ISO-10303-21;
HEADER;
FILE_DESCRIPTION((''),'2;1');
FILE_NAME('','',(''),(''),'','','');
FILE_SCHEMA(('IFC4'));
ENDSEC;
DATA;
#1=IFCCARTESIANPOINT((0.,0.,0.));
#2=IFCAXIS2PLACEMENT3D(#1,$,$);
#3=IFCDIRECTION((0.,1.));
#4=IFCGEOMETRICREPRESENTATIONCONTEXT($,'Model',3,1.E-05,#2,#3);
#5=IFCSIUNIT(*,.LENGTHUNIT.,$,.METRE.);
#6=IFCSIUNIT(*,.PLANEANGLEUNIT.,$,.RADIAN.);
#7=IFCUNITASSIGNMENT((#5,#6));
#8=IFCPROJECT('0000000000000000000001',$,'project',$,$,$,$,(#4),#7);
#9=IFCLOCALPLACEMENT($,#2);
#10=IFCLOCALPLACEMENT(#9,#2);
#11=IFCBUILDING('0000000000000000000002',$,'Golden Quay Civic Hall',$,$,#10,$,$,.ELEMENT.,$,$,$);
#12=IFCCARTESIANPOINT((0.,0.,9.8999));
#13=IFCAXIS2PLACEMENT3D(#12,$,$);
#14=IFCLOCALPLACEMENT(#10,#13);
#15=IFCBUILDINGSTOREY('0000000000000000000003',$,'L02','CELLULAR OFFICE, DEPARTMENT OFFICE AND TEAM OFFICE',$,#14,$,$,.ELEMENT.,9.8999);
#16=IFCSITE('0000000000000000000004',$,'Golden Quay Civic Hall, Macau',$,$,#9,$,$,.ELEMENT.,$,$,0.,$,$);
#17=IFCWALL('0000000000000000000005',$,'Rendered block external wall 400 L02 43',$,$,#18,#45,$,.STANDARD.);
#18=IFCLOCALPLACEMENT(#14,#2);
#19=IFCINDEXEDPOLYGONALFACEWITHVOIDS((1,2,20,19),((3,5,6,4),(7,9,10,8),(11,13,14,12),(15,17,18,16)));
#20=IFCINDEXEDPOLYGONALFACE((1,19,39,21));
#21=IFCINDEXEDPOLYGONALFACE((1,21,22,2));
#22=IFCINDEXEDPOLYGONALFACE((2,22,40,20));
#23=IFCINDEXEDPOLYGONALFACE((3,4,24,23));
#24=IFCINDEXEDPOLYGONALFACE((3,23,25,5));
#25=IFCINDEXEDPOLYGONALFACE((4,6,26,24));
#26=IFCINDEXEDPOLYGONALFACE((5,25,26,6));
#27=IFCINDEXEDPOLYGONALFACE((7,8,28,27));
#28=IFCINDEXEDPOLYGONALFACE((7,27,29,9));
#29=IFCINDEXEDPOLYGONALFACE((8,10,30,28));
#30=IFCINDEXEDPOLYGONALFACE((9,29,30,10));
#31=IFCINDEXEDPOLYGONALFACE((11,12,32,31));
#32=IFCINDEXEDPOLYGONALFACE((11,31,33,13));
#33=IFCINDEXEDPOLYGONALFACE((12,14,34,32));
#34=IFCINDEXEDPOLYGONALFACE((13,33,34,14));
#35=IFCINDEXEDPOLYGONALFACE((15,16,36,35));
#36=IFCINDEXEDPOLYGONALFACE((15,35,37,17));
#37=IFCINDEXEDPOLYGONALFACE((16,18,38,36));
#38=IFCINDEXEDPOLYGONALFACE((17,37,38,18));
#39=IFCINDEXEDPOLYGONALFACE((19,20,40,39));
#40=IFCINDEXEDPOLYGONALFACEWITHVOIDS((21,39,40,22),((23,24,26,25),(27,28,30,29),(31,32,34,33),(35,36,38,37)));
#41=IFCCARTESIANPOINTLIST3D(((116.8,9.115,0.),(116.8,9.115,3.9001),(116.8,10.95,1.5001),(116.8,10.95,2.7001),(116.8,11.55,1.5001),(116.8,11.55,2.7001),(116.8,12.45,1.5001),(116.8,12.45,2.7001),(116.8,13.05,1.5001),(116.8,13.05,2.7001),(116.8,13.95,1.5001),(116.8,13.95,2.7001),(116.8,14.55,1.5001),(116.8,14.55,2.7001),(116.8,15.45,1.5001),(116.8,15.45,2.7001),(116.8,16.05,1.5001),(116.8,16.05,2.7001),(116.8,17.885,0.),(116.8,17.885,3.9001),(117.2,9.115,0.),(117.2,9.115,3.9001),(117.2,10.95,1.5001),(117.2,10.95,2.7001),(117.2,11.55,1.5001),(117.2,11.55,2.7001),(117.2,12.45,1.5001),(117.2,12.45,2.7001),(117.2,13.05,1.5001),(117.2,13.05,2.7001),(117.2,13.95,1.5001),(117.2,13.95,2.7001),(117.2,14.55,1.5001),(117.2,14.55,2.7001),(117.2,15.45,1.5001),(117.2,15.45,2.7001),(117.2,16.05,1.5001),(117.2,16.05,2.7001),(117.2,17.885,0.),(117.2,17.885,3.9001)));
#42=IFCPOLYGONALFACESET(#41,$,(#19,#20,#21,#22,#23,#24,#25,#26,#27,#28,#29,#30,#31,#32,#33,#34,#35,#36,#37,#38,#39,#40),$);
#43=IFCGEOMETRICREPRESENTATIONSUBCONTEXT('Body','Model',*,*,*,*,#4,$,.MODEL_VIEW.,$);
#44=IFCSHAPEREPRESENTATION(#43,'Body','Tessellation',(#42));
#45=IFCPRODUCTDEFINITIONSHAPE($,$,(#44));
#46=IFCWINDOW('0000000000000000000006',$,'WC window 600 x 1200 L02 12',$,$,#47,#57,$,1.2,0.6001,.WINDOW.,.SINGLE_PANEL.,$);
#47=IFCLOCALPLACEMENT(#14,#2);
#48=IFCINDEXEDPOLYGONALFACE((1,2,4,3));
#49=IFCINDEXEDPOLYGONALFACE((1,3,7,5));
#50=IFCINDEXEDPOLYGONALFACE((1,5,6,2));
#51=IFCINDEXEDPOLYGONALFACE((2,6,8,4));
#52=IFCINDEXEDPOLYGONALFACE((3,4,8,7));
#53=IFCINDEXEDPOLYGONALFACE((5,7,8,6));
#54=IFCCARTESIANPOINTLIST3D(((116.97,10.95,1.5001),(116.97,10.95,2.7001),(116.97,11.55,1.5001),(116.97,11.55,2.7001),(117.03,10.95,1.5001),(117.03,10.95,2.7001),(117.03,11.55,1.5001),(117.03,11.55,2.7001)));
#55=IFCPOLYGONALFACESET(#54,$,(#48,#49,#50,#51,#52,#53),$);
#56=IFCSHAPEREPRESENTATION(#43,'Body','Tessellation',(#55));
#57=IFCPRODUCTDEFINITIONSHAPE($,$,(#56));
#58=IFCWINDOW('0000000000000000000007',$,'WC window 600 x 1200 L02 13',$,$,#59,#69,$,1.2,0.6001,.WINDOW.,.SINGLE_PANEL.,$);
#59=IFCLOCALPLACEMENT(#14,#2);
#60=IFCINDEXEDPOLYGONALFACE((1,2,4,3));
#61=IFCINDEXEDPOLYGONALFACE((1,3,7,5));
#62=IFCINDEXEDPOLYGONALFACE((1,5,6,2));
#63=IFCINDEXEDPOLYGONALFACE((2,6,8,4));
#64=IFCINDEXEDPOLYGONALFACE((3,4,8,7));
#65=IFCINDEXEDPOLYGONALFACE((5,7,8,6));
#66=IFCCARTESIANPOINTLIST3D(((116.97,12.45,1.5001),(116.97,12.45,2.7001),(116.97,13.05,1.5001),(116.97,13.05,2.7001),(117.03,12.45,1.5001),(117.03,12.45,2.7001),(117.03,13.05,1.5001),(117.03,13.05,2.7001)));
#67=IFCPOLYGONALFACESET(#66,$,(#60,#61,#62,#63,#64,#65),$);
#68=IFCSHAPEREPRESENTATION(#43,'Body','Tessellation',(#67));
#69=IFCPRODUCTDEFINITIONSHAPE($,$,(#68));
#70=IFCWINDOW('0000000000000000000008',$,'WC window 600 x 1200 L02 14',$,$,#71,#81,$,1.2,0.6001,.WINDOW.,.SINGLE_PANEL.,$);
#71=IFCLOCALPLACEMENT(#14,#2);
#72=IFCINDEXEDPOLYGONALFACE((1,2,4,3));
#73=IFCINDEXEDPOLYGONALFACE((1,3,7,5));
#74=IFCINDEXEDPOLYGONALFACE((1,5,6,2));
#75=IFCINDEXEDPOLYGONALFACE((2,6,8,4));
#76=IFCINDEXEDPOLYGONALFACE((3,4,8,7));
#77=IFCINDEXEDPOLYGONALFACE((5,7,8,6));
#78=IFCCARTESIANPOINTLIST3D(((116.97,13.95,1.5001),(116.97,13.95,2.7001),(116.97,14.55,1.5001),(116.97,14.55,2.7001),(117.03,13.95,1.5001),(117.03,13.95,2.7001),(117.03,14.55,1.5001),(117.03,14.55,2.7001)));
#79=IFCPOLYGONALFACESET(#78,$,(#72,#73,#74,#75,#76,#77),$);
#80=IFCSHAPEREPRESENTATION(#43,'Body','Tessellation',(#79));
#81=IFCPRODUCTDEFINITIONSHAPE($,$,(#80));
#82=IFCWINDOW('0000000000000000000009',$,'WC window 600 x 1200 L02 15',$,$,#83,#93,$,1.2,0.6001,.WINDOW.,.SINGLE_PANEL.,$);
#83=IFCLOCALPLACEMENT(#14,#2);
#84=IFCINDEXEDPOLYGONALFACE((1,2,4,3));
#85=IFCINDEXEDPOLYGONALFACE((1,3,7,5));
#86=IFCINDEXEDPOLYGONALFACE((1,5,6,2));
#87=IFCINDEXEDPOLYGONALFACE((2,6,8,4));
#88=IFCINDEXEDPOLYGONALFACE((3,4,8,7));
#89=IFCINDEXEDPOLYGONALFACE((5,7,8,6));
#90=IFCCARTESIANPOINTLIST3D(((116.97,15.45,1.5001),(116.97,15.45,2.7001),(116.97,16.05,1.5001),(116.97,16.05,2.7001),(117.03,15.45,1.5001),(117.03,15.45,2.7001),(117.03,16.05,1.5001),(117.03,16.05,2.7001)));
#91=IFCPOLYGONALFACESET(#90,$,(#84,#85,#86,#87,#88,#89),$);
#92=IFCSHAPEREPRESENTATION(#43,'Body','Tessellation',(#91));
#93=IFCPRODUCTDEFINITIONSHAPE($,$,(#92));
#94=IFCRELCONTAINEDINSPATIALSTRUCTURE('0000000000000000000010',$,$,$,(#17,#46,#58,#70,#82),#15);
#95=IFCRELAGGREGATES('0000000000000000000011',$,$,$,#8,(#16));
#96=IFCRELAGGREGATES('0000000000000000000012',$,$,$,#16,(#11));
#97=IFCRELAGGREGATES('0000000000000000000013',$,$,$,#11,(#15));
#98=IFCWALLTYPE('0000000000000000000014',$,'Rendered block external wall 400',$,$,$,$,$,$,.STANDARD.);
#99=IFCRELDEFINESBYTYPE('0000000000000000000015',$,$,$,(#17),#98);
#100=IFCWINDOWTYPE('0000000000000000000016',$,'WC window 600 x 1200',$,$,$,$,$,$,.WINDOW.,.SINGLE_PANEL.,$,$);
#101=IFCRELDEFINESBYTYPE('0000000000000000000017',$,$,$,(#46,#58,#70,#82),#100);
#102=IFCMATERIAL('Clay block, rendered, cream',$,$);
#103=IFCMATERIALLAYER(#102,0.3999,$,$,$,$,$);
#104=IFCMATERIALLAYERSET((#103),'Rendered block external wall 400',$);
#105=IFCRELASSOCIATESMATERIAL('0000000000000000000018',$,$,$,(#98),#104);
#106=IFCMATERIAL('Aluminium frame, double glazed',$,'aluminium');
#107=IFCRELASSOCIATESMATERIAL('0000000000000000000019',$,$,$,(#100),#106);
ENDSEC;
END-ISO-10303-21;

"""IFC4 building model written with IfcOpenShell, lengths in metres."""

from ifc_helpers import new_model, si_unit, direction, frame, frame_2d, origin, place, context, subcontext, project, spatial, rectangle, extrude, material, layer, layer_set, type_object, element, fill, save


model = new_model("IFC4")

# Units and contexts
model_context = context("Model", 3, precision=1e-05, world=origin(), true_north=direction((0.0, 1.0)))
body_context = subcontext(model_context, "Body", "Model", "MODEL_VIEW")
ifc_project = project(units=[si_unit("LENGTHUNIT", "METRE"), si_unit("PLANEANGLEUNIT", "RADIAN")], contexts=[model_context])

# Site, building, storey
site_placement = place(None, origin())
site = spatial("IfcSite", under=ifc_project, at=site_placement, Name="Golden Quay Civic Hall, Macau", CompositionType="ELEMENT", RefElevation=0.0)
building_placement = place(site_placement, origin())
building = spatial("IfcBuilding", under=site, at=building_placement, Name="Golden Quay Civic Hall", CompositionType="ELEMENT")
storey_placement = place(building_placement, frame((0.0, 0.0, 9.8999)))
storey = spatial("IfcBuildingStorey", under=building, at=storey_placement, Name="L02", Description="CELLULAR OFFICE, DEPARTMENT OFFICE AND TEAM OFFICE", CompositionType="ELEMENT", Elevation=9.8999)

# Wall, openings, windows
ifc_material_1 = material(Name="Clay block, rendered, cream")
ifc_layer_1 = layer(ifc_material_1, 0.3999)
ifc_layer_set_1 = layer_set([ifc_layer_1], Name="Rendered block external wall 400")
wall_type_1 = type_object("IfcWallType", Name="Rendered block external wall 400", PredefinedType="STANDARD", material=ifc_layer_set_1)
wall_1_placement = place(storey_placement, frame((117.0, 17.885, 0.0), z_axis=(0.0, 0.0, 1.0), x_axis=(0.0, -1.0, 0.0)))
wall_1 = element("IfcWall", 1, at=wall_1_placement, inside=storey, type_object=wall_type_1, Name="Rendered block external wall 400 L02 43", PredefinedType="STANDARD", context=body_context, shape_type="SweptSolid", body=[
    extrude(rectangle(XDim=8.77, YDim=0.3999, at=frame_2d((4.385, 0.0))), origin(), (0.0, 0.0, 1.0), 3.9001),
])
opening_1_placement = place(wall_1_placement, frame((6.335, 0.0, 1.5)))
opening_1 = element("IfcOpeningElement", 2, at=opening_1_placement, cuts=wall_1, PredefinedType="OPENING", context=body_context, shape_type="SweptSolid", body=[
    extrude(rectangle(XDim=0.6001, YDim=1.2, at=frame_2d((0.3, 0.6001))), frame((0.0, 0.21, 0.0), z_axis=(0.0, -1.0, 0.0), x_axis=(1.0, 0.0, 0.0)), (0.0, 0.0, 1.0), 0.4199),
])
opening_2_placement = place(wall_1_placement, frame((4.835, 0.0, 1.5)))
opening_2 = element("IfcOpeningElement", 3, at=opening_2_placement, cuts=wall_1, PredefinedType="OPENING", context=body_context, shape_type="SweptSolid", body=[
    extrude(rectangle(XDim=0.6001, YDim=1.2, at=frame_2d((0.3, 0.6001))), frame((0.0, 0.21, 0.0), z_axis=(0.0, -1.0, 0.0), x_axis=(1.0, 0.0, 0.0)), (0.0, 0.0, 1.0), 0.4199),
])
opening_3_placement = place(wall_1_placement, frame((3.335, 0.0, 1.5)))
opening_3 = element("IfcOpeningElement", 4, at=opening_3_placement, cuts=wall_1, PredefinedType="OPENING", context=body_context, shape_type="SweptSolid", body=[
    extrude(rectangle(XDim=0.6001, YDim=1.2, at=frame_2d((0.3, 0.6001))), frame((0.0, 0.21, 0.0), z_axis=(0.0, -1.0, 0.0), x_axis=(1.0, 0.0, 0.0)), (0.0, 0.0, 1.0), 0.4199),
])
opening_4_placement = place(wall_1_placement, frame((1.835, 0.0, 1.5)))
opening_4 = element("IfcOpeningElement", 5, at=opening_4_placement, cuts=wall_1, PredefinedType="OPENING", context=body_context, shape_type="SweptSolid", body=[
    extrude(rectangle(XDim=0.6001, YDim=1.2, at=frame_2d((0.3, 0.6001))), frame((0.0, 0.21, 0.0), z_axis=(0.0, -1.0, 0.0), x_axis=(1.0, 0.0, 0.0)), (0.0, 0.0, 1.0), 0.4199),
])
ifc_material_2 = material(Name="Aluminium frame, double glazed", Category="aluminium")
window_type_1 = type_object("IfcWindowType", Name="WC window 600 x 1200", PartitioningType="SINGLE_PANEL", PredefinedType="WINDOW", material=ifc_material_2)
window_1_placement = place(opening_1_placement, origin())
window_1 = element("IfcWindow", 6, at=window_1_placement, inside=storey, type_object=window_type_1, Name="WC window 600 x 1200 L02 12", OverallHeight=1.2, OverallWidth=0.6001, PartitioningType="SINGLE_PANEL", PredefinedType="WINDOW", context=body_context, shape_type="SweptSolid", body=[
    extrude(rectangle(XDim=0.6001, YDim=1.2, at=frame_2d((0.3, 0.6001))), frame((0.0, 0.03, 0.0), z_axis=(0.0, -1.0, 0.0), x_axis=(1.0, 0.0, 0.0)), (0.0, 0.0, 1.0), 0.0601),
])
fill(opening_1, window_1)
window_2_placement = place(opening_2_placement, origin())
window_2 = element("IfcWindow", 7, at=window_2_placement, inside=storey, type_object=window_type_1, Name="WC window 600 x 1200 L02 13", OverallHeight=1.2, OverallWidth=0.6001, PartitioningType="SINGLE_PANEL", PredefinedType="WINDOW", context=body_context, shape_type="SweptSolid", body=[
    extrude(rectangle(XDim=0.6001, YDim=1.2, at=frame_2d((0.3, 0.6001))), frame((0.0, 0.03, 0.0), z_axis=(0.0, -1.0, 0.0), x_axis=(1.0, 0.0, 0.0)), (0.0, 0.0, 1.0), 0.0601),
])
fill(opening_2, window_2)
window_3_placement = place(opening_3_placement, origin())
window_3 = element("IfcWindow", 8, at=window_3_placement, inside=storey, type_object=window_type_1, Name="WC window 600 x 1200 L02 14", OverallHeight=1.2, OverallWidth=0.6001, PartitioningType="SINGLE_PANEL", PredefinedType="WINDOW", context=body_context, shape_type="SweptSolid", body=[
    extrude(rectangle(XDim=0.6001, YDim=1.2, at=frame_2d((0.3, 0.6001))), frame((0.0, 0.03, 0.0), z_axis=(0.0, -1.0, 0.0), x_axis=(1.0, 0.0, 0.0)), (0.0, 0.0, 1.0), 0.0601),
])
fill(opening_3, window_3)
window_4_placement = place(opening_4_placement, origin())
window_4 = element("IfcWindow", 9, at=window_4_placement, inside=storey, type_object=window_type_1, Name="WC window 600 x 1200 L02 15", OverallHeight=1.2, OverallWidth=0.6001, PartitioningType="SINGLE_PANEL", PredefinedType="WINDOW", context=body_context, shape_type="SweptSolid", body=[
    extrude(rectangle(XDim=0.6001, YDim=1.2, at=frame_2d((0.3, 0.6001))), frame((0.0, 0.03, 0.0), z_axis=(0.0, -1.0, 0.0), x_axis=(1.0, 0.0, 0.0)), (0.0, 0.0, 1.0), 0.0601),
])
fill(opening_4, window_4)

save(model, "model.ifc")
